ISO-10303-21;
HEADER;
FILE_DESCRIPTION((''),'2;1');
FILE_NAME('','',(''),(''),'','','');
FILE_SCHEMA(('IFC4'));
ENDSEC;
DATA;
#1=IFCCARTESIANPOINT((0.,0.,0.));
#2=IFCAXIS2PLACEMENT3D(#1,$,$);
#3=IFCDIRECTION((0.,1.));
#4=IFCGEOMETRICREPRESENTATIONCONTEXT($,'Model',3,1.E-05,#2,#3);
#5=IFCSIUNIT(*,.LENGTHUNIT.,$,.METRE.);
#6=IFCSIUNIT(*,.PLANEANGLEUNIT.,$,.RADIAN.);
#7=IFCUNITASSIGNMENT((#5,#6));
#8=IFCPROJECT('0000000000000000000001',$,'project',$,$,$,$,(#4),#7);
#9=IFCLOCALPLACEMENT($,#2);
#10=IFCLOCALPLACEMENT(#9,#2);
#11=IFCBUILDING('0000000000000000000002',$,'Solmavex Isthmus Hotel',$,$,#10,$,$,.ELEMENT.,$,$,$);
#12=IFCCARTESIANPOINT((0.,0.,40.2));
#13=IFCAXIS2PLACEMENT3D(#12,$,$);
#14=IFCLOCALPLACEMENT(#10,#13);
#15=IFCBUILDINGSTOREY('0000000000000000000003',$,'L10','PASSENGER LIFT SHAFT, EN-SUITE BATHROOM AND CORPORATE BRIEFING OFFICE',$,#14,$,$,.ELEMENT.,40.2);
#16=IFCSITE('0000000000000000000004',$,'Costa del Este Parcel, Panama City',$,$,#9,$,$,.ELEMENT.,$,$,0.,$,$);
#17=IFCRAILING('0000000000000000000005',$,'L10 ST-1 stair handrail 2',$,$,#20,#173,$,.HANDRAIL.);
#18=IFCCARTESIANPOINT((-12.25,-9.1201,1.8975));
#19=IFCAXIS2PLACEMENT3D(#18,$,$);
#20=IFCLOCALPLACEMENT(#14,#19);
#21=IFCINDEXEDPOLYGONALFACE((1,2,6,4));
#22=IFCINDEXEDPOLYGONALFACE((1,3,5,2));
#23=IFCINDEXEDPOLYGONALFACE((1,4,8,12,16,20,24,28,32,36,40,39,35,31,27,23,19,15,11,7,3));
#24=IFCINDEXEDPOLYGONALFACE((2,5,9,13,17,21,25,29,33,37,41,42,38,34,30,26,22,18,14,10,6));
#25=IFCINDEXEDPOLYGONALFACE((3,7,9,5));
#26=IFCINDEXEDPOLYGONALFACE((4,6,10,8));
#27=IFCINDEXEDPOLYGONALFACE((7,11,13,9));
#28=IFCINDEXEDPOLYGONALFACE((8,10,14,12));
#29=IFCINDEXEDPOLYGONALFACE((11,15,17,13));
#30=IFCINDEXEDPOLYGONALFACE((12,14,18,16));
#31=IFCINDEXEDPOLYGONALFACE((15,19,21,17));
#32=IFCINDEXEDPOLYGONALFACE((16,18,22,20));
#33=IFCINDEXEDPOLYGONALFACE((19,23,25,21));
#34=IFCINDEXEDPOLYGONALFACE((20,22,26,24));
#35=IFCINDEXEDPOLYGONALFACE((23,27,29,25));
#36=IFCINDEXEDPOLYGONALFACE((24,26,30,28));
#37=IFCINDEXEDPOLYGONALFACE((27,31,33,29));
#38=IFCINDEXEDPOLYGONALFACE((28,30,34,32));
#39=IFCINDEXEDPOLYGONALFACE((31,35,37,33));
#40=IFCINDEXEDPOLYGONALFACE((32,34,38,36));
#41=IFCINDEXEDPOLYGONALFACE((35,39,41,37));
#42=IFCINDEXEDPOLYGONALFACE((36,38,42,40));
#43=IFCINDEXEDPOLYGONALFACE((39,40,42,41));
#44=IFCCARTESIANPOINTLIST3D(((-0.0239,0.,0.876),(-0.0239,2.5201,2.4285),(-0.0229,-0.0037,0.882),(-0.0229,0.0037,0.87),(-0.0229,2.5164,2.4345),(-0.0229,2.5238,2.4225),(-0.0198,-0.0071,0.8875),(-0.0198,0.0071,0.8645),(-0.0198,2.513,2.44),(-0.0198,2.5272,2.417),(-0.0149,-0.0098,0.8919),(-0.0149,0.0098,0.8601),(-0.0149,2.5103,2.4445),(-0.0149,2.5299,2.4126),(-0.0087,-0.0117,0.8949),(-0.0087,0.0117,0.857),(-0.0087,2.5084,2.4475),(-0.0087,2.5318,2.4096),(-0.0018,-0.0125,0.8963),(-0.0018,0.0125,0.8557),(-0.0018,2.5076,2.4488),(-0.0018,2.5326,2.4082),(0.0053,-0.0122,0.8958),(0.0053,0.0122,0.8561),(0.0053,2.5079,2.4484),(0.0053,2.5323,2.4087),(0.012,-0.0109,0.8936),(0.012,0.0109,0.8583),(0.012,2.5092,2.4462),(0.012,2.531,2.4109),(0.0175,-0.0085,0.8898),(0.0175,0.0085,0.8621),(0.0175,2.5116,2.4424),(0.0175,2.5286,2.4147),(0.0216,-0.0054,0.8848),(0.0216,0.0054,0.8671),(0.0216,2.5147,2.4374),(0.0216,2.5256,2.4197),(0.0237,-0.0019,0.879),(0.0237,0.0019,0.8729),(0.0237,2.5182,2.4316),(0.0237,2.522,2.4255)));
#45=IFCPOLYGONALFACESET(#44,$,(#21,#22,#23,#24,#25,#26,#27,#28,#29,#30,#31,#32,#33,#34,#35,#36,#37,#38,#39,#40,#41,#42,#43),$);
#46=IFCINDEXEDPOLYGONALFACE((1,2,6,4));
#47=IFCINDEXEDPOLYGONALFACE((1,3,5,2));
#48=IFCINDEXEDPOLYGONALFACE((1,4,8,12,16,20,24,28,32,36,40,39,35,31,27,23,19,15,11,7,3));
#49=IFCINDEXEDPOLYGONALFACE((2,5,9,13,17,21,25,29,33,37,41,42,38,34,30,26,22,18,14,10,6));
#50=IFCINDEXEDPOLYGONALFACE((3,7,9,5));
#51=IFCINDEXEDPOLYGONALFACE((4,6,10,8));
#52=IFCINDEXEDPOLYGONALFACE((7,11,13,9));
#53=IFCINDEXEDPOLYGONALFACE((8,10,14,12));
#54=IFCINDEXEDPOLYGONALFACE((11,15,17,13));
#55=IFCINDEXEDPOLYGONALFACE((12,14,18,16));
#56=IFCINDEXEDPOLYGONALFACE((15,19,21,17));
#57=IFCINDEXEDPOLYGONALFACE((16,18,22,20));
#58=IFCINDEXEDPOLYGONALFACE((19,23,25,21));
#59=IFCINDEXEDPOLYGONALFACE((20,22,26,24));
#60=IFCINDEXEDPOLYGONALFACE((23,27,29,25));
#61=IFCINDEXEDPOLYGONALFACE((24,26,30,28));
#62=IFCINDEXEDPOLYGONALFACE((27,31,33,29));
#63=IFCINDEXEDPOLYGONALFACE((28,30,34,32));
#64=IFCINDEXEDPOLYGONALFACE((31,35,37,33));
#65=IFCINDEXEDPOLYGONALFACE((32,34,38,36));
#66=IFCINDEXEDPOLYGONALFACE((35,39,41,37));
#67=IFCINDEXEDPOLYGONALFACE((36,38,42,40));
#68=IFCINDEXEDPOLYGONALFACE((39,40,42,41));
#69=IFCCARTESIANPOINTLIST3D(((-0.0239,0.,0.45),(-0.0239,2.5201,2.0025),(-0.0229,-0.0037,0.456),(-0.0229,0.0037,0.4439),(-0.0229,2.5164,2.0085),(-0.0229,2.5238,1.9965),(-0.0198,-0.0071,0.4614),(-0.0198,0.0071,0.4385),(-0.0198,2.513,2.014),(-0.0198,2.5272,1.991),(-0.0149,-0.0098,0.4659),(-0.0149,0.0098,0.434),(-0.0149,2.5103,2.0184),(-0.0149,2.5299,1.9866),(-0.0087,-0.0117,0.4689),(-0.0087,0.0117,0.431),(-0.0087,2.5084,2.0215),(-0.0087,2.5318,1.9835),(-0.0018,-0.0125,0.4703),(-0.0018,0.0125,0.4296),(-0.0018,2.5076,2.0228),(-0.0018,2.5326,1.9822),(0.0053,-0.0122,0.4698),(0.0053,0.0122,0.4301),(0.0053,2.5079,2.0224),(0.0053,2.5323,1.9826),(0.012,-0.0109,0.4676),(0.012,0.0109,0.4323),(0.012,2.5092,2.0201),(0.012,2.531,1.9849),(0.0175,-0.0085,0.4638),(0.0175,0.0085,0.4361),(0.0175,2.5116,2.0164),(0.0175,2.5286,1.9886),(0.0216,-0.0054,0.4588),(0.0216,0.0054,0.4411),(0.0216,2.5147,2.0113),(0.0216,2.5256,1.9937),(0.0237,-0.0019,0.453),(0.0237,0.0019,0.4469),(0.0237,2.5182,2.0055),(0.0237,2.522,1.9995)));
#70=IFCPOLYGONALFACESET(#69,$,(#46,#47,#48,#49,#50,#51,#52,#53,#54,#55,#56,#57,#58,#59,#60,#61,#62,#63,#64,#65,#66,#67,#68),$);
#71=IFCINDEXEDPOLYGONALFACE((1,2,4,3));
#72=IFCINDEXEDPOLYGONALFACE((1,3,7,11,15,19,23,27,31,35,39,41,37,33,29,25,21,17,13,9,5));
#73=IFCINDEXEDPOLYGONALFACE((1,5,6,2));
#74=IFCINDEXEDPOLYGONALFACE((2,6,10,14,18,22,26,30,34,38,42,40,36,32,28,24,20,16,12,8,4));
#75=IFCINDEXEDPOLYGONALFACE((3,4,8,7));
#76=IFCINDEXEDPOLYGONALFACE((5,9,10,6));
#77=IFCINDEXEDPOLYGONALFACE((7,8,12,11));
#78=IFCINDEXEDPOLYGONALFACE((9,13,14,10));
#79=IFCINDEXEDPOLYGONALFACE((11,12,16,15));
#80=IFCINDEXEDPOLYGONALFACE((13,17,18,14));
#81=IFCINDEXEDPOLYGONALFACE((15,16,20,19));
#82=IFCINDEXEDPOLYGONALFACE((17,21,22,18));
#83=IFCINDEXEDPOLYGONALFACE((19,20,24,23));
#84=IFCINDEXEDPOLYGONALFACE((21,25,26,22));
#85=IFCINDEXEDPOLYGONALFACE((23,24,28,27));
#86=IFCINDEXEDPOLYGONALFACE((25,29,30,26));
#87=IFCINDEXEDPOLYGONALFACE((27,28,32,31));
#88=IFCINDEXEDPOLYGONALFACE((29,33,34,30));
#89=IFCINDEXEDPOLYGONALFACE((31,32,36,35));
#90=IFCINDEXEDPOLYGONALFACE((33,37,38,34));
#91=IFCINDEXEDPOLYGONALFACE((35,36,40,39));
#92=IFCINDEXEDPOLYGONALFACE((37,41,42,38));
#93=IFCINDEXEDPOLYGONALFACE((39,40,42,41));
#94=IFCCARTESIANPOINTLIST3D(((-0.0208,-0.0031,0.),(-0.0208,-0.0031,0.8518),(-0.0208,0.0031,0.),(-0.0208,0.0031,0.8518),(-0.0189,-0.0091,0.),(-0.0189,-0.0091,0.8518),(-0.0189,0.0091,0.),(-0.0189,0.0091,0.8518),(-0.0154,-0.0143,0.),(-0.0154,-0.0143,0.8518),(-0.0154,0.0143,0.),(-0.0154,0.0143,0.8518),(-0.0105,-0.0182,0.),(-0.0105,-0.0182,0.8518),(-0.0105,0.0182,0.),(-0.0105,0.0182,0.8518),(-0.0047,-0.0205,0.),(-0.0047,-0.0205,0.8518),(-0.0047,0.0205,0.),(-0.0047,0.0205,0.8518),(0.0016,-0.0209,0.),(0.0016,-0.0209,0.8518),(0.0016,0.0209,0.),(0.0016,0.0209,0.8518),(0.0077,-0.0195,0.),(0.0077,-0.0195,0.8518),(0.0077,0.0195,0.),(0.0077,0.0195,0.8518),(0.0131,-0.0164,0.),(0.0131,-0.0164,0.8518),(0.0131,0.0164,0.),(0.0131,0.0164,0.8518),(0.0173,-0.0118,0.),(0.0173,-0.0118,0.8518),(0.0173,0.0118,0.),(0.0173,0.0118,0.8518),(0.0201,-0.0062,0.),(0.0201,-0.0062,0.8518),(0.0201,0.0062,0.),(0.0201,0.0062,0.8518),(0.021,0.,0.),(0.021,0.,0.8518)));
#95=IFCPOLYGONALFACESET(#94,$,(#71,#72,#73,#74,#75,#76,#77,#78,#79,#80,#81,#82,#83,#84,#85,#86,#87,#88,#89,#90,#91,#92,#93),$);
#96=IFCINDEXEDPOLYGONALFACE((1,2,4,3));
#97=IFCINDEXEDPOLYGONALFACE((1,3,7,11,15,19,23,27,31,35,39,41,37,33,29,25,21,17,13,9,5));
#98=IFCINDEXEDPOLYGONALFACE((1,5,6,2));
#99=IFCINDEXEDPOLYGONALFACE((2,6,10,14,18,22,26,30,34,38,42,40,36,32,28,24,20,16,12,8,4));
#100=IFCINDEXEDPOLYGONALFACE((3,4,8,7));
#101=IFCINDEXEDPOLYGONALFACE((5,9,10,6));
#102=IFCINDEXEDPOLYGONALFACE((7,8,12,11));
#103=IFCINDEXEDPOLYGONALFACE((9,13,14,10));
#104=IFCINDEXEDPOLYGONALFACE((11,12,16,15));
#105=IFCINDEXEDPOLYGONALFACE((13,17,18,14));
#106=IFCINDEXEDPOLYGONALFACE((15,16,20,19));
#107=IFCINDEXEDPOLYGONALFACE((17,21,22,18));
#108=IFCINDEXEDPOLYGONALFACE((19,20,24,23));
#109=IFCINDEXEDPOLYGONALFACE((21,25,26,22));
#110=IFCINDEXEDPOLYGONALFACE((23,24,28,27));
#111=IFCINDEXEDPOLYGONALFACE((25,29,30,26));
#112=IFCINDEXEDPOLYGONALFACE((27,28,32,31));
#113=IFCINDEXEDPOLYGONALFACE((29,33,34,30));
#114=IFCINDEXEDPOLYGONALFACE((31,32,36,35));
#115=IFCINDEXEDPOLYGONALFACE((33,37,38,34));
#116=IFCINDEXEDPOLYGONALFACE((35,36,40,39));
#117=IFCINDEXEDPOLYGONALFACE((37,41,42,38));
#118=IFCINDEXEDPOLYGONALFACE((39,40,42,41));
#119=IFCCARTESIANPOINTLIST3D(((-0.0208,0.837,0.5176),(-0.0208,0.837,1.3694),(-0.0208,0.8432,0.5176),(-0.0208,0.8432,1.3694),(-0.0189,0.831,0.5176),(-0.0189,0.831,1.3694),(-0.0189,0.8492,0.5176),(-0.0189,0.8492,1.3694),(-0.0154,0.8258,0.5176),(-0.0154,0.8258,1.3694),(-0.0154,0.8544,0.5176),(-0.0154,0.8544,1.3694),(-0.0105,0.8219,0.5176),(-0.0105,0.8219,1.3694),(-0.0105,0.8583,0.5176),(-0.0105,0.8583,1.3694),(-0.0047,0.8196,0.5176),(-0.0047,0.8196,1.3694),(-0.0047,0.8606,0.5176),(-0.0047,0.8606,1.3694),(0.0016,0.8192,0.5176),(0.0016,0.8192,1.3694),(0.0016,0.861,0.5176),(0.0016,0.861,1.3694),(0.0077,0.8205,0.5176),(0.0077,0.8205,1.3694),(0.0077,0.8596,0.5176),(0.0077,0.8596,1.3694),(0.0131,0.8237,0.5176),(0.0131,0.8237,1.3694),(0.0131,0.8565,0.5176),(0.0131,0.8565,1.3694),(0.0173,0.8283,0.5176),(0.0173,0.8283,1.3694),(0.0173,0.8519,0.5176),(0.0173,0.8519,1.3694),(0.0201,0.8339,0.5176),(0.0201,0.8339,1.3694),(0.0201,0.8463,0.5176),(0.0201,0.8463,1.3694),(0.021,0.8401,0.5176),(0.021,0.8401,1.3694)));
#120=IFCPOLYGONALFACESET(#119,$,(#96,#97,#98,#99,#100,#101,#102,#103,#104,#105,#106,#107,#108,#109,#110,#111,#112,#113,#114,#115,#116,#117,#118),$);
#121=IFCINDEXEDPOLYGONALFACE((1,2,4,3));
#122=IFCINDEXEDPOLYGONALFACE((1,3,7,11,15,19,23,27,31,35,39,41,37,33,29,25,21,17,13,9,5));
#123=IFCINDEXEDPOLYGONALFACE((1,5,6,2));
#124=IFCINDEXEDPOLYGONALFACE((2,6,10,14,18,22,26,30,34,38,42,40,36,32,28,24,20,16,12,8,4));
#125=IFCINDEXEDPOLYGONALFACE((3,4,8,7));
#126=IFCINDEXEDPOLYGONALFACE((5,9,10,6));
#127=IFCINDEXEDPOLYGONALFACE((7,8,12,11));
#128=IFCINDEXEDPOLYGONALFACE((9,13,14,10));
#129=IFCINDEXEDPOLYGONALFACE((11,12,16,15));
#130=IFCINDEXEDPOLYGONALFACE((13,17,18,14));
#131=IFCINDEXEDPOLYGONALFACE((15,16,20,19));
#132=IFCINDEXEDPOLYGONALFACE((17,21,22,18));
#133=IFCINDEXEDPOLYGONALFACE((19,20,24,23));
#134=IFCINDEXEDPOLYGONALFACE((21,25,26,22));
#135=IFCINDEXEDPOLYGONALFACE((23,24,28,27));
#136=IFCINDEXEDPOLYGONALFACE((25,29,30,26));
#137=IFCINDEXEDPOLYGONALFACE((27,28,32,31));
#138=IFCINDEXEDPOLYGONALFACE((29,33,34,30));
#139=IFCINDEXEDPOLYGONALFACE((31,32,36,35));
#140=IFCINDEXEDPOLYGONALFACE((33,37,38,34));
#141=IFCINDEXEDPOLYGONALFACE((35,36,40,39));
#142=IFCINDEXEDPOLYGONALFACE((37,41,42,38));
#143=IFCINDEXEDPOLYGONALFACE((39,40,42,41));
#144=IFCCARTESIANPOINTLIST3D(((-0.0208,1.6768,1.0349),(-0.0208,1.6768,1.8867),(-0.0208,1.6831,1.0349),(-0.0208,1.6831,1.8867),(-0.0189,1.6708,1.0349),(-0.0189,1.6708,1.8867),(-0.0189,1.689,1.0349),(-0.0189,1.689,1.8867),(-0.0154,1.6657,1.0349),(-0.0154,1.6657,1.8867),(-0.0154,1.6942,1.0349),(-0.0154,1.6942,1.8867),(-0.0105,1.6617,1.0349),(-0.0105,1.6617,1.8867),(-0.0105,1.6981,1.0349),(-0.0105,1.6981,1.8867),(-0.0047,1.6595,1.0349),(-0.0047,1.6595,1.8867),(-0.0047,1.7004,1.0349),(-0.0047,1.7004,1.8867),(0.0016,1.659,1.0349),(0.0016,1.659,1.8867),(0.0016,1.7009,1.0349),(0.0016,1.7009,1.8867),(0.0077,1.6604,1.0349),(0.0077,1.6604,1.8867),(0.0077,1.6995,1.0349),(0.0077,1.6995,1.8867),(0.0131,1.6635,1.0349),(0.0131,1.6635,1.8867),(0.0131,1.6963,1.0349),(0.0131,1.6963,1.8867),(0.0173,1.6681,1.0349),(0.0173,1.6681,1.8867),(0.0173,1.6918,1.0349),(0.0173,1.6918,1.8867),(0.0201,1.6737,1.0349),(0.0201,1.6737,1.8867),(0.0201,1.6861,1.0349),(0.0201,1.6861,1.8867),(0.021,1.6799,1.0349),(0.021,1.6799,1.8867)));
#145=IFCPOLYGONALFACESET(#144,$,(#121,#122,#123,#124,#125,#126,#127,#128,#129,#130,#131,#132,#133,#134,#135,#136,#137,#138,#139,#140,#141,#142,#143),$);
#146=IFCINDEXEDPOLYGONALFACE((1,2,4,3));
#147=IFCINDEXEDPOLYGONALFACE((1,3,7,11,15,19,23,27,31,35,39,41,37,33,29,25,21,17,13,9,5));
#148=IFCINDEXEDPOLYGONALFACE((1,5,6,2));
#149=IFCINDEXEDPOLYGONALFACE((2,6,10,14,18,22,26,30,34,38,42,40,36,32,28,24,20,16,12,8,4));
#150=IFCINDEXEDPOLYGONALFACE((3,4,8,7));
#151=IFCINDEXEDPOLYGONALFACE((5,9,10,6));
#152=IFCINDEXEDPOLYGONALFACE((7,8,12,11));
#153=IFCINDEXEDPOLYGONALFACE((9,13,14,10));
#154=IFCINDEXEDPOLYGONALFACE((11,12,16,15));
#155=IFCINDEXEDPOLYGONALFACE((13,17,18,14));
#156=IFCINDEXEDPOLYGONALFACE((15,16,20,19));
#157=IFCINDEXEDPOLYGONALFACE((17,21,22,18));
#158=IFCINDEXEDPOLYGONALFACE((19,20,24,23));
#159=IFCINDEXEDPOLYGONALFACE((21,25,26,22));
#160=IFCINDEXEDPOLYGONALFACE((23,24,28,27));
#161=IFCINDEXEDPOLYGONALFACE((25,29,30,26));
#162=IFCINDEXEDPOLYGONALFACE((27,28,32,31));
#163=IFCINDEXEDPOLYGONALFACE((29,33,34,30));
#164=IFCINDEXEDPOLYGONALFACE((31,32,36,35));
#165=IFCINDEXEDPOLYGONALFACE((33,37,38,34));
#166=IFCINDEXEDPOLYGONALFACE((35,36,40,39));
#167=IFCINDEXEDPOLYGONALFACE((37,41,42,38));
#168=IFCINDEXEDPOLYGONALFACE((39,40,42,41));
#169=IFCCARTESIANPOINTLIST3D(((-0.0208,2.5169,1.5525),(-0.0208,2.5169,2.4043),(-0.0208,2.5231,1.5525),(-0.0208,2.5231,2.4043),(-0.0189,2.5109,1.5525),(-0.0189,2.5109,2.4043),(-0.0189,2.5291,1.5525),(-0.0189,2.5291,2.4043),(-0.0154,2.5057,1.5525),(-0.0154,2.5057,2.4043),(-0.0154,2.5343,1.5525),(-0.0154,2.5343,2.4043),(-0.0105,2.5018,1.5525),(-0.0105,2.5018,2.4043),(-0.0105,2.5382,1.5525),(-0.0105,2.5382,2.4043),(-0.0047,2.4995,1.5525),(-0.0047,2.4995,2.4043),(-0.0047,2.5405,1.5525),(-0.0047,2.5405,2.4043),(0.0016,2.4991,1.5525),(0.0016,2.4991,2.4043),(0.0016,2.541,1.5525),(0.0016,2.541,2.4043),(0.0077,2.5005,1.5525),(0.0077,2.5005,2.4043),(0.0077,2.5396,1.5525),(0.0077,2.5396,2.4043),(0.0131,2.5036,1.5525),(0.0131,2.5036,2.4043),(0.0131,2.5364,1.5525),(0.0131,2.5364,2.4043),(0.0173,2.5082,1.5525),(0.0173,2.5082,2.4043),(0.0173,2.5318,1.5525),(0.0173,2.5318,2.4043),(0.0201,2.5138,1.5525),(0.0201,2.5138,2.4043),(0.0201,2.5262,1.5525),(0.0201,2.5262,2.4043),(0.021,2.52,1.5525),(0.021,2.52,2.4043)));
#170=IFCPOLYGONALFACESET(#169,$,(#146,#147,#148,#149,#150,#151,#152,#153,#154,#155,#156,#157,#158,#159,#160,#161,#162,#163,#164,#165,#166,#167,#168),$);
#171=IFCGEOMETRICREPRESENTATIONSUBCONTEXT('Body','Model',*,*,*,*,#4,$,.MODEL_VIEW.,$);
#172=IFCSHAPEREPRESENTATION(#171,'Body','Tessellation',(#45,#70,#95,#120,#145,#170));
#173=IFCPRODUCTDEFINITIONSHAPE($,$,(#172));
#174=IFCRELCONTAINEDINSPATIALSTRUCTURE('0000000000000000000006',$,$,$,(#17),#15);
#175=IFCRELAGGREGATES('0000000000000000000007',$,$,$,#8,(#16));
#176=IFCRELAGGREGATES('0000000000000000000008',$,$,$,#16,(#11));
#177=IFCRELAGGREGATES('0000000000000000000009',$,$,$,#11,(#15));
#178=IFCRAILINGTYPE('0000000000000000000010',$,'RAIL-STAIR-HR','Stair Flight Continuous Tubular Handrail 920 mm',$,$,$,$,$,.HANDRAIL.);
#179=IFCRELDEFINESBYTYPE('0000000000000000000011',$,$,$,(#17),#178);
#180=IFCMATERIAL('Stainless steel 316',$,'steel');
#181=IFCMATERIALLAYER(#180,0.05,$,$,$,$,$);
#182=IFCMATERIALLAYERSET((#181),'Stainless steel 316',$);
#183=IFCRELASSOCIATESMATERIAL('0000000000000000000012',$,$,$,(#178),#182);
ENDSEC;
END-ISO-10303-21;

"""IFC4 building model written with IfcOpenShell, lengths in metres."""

from ifc_helpers import new_model, si_unit, direction, frame, origin, origin_2d, place, context, subcontext, project, spatial, circle, extrude, material, layer, layer_set, type_object, element, save


model = new_model("IFC4")

# Units and contexts
model_context = context("Model", 3, precision=1e-05, world=origin(), true_north=direction((0.0, 1.0)))
body_context = subcontext(model_context, "Body", "Model", "MODEL_VIEW")
ifc_project = project(units=[si_unit("LENGTHUNIT", "METRE"), si_unit("PLANEANGLEUNIT", "RADIAN")], contexts=[model_context])

# Site, building, storey
site_placement = place(None, origin())
site = spatial("IfcSite", under=ifc_project, at=site_placement, Name="Costa del Este Parcel, Panama City", CompositionType="ELEMENT", RefElevation=0.0)
building_placement = place(site_placement, origin())
building = spatial("IfcBuilding", under=site, at=building_placement, Name="Solmavex Isthmus Hotel", CompositionType="ELEMENT")
storey_placement = place(building_placement, frame((0.0, 0.0, 40.2)))
storey = spatial("IfcBuildingStorey", under=building, at=storey_placement, Name="L10", Description="PASSENGER LIFT SHAFT, EN-SUITE BATHROOM AND CORPORATE BRIEFING OFFICE", CompositionType="ELEMENT", Elevation=40.2)

# Shared definitions
ifc_material_1 = material(Name="Stainless steel 316", Category="steel")

# Railing
ifc_layer_1 = layer(ifc_material_1, 0.05)
ifc_layer_set_1 = layer_set([ifc_layer_1], Name="Stainless steel 316")
railing_type_1 = type_object("IfcRailingType", Name="RAIL-STAIR-HR", Description="Stair Flight Continuous Tubular Handrail 920 mm", PredefinedType="HANDRAIL", material=ifc_layer_set_1)
railing_1_placement = place(storey_placement, frame((-12.25, -9.1201, 1.8975)))
element("IfcRailing", 1, at=railing_1_placement, inside=storey, type_object=railing_type_1, Name="L10 ST-1 stair handrail 2", PredefinedType="HANDRAIL", context=body_context, shape_type="SweptSolid", body=[
    extrude(circle(Radius=0.0239, at=origin_2d()), frame((0.0, 0.0, 0.876), z_axis=(0.0, 0.8514, 0.524516), x_axis=(-1.0, 0.0, 0.0)), (0.0, 0.0, 1.0), 2.96),
    extrude(circle(Radius=0.0239, at=origin_2d()), frame((0.0, 0.0, 0.45), z_axis=(0.0, 0.8514, 0.524516), x_axis=(-1.0, 0.0, 0.0)), (0.0, 0.0, 1.0), 2.96),
    extrude(circle(Radius=0.021, at=origin_2d()), origin(), (0.0, 0.0, 1.0), 0.8518),
    extrude(circle(Radius=0.021, at=origin_2d()), frame((0.0, 0.8401, 0.5176)), (0.0, 0.0, 1.0), 0.8518),
    extrude(circle(Radius=0.021, at=origin_2d()), frame((0.0, 1.6799, 1.0349)), (0.0, 0.0, 1.0), 0.8518),
    extrude(circle(Radius=0.021, at=origin_2d()), frame((0.0, 2.52, 1.5525)), (0.0, 0.0, 1.0), 0.8518),
])

save(model, "model.ifc")
